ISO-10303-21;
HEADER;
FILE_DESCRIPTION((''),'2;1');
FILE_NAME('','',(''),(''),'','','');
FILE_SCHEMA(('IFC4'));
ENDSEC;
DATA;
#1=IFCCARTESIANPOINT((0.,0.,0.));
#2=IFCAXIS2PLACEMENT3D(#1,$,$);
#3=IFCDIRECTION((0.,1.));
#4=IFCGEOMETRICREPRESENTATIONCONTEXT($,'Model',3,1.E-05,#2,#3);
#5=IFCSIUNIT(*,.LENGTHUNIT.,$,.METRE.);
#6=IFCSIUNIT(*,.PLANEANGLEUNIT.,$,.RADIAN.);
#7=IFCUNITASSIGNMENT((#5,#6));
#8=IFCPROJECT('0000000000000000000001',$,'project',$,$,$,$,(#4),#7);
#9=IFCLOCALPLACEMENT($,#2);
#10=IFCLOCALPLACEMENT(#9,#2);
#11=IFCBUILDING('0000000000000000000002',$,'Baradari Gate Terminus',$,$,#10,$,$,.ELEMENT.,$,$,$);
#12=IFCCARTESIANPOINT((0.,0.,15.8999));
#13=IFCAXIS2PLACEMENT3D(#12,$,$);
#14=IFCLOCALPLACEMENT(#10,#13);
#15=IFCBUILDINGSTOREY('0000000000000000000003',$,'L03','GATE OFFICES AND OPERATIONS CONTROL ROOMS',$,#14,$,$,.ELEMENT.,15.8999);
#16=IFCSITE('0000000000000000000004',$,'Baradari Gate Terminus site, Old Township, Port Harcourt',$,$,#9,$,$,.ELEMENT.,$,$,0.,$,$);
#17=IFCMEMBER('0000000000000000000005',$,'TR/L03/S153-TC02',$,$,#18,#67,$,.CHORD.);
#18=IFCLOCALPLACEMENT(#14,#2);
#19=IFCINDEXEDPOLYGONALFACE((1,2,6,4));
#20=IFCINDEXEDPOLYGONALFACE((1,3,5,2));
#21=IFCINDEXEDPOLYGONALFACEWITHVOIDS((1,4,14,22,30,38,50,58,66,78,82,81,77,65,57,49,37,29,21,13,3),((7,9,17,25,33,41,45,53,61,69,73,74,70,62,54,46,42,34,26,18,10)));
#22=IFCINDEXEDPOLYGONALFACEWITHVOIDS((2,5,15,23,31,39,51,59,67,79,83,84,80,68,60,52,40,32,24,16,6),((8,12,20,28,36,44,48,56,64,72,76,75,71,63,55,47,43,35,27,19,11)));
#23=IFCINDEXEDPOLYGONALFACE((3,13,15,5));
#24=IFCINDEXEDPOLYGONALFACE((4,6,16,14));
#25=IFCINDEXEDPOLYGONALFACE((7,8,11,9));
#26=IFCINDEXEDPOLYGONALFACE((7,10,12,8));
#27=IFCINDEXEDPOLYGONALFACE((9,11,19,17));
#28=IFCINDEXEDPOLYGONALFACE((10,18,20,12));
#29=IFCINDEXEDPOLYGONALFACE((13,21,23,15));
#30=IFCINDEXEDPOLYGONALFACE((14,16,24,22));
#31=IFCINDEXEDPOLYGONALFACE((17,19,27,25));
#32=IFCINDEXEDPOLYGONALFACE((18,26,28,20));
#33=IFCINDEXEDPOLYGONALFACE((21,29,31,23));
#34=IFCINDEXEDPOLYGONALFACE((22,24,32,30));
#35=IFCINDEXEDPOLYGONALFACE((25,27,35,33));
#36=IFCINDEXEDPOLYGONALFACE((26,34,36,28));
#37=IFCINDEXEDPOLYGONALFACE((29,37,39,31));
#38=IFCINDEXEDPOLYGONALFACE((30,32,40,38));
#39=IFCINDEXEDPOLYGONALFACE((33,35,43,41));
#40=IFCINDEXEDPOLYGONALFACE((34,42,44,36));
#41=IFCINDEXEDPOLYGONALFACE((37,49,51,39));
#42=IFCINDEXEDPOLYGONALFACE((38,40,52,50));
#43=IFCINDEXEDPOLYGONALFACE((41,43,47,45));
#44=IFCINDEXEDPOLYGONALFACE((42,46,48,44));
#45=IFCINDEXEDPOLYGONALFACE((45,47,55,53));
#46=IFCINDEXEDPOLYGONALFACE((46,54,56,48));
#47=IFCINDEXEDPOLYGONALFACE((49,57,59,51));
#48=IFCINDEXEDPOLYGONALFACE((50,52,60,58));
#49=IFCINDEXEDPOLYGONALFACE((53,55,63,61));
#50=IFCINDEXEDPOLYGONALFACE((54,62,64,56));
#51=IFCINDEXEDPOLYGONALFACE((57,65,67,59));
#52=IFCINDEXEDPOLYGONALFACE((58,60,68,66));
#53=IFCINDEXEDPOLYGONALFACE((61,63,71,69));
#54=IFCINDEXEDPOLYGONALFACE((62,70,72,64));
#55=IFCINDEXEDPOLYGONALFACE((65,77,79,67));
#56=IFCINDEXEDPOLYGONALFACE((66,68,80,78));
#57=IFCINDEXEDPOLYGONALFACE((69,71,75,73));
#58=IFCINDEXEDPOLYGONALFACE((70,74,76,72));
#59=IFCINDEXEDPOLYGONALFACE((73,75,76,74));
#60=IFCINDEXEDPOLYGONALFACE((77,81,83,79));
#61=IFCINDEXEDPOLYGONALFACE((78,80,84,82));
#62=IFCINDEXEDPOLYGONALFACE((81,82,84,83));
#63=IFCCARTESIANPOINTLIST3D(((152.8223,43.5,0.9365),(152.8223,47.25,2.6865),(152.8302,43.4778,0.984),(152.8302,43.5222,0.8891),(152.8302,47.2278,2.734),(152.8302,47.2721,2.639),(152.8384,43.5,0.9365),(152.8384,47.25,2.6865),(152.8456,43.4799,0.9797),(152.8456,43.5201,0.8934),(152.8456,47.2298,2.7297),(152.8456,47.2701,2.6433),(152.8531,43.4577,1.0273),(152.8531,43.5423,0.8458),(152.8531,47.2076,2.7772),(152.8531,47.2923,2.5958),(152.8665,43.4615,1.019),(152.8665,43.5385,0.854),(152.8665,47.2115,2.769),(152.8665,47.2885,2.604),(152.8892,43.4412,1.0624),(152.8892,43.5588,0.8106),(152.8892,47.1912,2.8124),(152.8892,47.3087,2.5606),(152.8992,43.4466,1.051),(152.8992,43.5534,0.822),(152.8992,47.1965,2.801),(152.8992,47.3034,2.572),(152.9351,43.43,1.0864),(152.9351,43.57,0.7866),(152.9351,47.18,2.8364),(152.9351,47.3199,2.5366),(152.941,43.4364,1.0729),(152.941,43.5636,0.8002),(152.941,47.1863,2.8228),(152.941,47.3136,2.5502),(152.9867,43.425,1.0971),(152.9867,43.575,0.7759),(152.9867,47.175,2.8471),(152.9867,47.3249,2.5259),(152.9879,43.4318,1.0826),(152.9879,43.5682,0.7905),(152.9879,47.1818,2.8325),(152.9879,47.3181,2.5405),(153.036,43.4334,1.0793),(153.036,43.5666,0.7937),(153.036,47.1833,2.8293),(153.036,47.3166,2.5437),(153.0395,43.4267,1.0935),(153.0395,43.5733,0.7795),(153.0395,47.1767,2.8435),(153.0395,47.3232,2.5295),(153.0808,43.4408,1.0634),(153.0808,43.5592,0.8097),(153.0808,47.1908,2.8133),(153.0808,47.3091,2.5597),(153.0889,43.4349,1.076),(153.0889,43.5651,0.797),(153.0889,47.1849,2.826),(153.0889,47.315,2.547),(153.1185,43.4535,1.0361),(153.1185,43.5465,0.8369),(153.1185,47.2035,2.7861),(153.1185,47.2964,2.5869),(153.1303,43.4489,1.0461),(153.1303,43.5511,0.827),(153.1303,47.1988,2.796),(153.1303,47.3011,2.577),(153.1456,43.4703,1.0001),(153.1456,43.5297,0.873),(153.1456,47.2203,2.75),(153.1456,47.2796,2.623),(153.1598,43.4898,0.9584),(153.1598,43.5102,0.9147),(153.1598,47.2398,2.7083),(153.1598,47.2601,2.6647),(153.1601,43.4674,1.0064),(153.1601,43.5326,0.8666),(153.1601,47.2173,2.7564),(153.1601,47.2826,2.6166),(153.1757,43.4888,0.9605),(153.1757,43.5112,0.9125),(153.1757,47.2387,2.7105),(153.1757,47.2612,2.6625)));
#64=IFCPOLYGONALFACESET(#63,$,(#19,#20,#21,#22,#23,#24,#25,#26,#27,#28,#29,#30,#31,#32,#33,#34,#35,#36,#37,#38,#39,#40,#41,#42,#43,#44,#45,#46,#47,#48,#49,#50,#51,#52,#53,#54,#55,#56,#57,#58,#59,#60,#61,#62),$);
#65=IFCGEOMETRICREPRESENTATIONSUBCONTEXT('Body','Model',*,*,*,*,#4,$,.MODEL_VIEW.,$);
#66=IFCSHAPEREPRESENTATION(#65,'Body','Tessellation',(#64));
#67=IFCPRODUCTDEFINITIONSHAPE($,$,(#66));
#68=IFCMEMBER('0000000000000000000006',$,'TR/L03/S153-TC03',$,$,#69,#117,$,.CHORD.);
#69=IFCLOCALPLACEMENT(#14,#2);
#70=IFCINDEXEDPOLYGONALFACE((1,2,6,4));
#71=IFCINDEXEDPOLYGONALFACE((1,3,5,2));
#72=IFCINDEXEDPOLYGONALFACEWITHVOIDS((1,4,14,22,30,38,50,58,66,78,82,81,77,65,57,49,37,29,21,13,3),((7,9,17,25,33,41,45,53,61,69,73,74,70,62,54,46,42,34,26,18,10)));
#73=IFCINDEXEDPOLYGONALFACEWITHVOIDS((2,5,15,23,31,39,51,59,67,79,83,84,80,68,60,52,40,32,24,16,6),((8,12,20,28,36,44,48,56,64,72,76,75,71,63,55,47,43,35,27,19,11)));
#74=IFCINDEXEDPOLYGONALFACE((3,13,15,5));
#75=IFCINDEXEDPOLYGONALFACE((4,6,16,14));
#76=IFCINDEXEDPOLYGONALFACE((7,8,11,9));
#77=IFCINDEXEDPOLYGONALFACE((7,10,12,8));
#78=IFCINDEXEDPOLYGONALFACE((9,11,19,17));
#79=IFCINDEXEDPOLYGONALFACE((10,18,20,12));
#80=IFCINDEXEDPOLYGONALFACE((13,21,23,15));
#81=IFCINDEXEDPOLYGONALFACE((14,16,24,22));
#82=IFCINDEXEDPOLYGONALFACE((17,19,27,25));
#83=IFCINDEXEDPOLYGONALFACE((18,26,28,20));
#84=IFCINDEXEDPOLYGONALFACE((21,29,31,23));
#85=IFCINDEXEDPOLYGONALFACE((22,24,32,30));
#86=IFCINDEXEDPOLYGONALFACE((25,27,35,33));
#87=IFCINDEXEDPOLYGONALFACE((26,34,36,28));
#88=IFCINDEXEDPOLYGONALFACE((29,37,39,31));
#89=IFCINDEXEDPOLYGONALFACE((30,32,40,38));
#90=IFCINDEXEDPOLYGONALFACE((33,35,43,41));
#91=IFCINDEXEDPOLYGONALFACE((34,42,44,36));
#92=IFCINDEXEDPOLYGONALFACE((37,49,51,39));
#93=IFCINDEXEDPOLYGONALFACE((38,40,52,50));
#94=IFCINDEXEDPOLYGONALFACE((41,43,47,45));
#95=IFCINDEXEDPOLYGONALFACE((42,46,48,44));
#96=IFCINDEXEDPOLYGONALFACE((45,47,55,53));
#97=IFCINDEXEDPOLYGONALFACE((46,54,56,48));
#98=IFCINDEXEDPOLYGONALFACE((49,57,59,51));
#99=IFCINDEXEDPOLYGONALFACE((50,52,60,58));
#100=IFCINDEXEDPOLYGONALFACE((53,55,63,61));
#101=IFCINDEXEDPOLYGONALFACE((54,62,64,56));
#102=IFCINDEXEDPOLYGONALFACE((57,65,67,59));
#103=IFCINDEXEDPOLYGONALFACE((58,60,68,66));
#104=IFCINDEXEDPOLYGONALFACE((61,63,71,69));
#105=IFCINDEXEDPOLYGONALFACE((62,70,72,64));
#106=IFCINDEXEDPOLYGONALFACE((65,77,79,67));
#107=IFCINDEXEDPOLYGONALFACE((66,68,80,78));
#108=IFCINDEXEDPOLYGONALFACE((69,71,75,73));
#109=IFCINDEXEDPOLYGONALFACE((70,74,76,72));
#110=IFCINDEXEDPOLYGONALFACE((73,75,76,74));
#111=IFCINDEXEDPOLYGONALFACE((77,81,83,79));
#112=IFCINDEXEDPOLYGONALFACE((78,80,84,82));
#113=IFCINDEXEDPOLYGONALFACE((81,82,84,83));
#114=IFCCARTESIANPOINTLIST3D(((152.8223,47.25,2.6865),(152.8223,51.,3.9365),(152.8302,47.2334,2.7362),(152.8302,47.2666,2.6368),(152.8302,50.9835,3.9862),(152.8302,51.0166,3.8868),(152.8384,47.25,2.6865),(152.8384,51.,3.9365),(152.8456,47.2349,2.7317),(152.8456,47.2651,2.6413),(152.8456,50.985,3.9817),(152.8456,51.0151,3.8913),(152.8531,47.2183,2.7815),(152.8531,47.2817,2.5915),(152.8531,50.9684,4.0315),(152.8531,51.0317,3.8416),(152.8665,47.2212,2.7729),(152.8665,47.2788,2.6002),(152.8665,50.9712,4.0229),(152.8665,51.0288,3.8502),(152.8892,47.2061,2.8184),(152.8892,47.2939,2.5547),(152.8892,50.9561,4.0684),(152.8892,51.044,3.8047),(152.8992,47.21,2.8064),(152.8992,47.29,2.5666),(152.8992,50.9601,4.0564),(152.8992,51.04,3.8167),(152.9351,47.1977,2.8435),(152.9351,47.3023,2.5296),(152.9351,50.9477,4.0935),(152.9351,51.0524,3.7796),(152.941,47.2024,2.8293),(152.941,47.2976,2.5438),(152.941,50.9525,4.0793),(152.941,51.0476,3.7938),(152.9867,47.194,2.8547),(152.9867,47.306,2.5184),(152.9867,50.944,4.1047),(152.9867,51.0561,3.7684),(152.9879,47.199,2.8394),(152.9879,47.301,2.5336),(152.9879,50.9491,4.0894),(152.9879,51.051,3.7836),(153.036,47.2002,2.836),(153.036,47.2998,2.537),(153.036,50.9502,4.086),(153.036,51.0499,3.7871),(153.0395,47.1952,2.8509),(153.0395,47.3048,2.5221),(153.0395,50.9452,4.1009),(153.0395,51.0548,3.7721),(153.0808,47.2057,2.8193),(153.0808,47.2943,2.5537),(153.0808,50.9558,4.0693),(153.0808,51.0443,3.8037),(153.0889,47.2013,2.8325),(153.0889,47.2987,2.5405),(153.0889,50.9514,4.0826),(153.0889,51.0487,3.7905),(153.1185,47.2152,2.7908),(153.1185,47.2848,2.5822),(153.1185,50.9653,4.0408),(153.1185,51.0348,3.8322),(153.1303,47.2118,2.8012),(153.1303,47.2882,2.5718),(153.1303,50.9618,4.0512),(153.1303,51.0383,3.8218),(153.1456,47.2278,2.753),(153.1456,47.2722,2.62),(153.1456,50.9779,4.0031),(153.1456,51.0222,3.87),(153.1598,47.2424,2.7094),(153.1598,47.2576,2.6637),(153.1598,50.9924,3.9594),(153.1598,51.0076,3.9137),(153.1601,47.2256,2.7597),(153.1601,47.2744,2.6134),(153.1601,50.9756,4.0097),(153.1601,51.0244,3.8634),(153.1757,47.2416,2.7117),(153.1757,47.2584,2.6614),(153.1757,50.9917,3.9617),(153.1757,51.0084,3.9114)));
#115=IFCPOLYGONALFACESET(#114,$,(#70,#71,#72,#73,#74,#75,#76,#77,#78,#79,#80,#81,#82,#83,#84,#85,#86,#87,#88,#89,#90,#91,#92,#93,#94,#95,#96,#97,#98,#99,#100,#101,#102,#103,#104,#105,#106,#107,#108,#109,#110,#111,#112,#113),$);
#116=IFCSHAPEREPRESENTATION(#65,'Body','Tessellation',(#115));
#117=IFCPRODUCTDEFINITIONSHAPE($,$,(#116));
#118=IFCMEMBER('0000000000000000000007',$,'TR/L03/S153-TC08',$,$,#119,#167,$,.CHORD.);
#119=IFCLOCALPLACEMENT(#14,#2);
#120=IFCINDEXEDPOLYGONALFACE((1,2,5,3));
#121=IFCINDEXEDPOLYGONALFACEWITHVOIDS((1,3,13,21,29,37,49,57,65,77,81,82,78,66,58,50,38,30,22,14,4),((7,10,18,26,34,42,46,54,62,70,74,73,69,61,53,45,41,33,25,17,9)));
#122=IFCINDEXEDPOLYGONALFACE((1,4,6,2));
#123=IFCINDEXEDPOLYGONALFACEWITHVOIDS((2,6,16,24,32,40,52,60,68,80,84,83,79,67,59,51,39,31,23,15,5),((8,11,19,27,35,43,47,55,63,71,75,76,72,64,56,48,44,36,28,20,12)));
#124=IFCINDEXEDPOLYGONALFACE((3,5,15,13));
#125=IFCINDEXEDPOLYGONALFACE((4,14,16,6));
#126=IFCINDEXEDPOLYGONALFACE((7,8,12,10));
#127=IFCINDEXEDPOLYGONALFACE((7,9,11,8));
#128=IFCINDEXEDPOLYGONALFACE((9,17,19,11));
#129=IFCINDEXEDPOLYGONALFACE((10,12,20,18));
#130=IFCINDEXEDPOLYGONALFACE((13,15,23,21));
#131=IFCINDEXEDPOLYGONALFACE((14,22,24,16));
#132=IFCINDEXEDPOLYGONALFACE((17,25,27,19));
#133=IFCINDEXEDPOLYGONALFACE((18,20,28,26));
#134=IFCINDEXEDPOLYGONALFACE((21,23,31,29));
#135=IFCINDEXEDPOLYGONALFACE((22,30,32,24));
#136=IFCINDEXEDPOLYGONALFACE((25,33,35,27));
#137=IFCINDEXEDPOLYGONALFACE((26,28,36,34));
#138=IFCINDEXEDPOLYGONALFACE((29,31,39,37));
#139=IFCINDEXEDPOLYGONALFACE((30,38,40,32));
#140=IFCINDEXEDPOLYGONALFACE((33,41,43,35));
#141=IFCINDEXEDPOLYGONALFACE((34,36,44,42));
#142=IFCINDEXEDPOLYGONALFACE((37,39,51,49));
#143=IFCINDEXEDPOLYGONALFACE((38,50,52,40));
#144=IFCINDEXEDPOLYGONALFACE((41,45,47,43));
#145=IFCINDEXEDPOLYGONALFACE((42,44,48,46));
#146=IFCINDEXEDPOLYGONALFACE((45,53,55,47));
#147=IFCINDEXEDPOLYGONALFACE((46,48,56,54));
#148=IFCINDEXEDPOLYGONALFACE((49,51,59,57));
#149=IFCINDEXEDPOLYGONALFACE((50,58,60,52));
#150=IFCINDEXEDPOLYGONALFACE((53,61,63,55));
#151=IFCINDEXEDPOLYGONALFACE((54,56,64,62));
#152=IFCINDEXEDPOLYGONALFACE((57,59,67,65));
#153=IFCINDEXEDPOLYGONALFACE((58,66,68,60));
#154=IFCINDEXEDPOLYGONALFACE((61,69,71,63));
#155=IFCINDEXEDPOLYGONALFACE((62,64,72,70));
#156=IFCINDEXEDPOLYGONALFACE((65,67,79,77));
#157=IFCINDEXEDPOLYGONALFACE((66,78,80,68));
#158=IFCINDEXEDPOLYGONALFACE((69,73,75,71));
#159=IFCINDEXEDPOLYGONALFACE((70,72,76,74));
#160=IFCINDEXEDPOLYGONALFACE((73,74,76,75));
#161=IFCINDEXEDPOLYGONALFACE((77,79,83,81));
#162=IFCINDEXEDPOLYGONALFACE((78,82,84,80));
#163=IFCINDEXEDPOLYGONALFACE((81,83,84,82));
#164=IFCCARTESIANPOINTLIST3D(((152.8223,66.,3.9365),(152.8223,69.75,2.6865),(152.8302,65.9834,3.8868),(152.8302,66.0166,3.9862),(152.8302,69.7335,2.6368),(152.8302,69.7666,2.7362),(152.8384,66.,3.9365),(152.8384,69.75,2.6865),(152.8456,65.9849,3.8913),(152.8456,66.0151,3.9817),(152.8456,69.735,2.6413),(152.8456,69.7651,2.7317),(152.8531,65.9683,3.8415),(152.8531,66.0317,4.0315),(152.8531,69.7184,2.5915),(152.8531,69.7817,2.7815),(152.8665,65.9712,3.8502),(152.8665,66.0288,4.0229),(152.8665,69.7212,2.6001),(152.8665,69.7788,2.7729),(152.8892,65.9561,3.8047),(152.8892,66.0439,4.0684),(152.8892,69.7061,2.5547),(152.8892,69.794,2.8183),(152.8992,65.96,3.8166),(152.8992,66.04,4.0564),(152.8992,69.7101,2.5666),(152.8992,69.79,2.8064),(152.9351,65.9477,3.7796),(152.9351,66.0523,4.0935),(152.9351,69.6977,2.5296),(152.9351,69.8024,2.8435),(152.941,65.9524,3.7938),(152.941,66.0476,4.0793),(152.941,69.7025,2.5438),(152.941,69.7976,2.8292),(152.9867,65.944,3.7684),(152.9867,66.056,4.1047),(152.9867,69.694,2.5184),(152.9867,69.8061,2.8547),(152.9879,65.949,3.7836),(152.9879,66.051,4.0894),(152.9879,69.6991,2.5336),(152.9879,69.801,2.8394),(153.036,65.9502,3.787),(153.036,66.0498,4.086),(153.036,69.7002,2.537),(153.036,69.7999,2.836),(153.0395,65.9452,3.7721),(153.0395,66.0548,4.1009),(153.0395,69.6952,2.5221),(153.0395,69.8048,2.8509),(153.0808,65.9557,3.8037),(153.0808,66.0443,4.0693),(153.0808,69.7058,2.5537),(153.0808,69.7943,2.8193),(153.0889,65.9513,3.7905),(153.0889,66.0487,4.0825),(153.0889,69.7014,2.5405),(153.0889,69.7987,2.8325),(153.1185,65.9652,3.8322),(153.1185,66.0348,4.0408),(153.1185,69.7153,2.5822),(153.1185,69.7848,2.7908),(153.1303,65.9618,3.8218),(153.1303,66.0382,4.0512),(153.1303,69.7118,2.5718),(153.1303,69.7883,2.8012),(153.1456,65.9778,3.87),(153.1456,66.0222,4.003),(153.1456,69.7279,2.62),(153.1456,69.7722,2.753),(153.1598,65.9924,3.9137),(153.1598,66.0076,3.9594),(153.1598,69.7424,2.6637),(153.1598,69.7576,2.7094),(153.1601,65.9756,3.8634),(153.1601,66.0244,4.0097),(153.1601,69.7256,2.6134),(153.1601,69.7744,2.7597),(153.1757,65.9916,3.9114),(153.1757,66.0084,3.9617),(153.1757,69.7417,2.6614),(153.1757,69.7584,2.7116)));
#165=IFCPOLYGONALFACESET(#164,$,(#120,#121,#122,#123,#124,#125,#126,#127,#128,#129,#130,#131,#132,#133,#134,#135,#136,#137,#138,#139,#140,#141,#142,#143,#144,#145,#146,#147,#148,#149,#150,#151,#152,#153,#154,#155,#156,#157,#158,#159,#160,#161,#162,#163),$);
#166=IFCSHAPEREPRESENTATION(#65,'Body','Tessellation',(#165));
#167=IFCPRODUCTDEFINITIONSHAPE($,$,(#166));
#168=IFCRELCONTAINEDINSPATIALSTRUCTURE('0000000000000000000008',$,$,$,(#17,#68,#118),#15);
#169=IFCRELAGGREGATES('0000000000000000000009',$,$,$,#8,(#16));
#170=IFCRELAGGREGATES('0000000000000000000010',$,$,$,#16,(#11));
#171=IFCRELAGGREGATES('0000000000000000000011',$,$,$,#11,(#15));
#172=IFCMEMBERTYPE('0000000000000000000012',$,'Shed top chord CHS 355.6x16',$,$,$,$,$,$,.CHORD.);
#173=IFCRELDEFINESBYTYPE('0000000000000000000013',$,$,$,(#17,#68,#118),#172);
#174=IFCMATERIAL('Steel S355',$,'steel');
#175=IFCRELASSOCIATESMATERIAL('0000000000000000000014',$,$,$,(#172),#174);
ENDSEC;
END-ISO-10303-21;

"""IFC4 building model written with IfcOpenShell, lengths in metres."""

from ifc_helpers import new_model, si_unit, direction, frame, origin, origin_2d, place, context, subcontext, project, spatial, hollow_circle, extrude, material, material_profile, profile_set, type_object, element, save


model = new_model("IFC4")

# Units and contexts
model_context = context("Model", 3, precision=1e-05, world=origin(), true_north=direction((0.0, 1.0)))
body_context = subcontext(model_context, "Body", "Model", "MODEL_VIEW")
ifc_project = project(units=[si_unit("LENGTHUNIT", "METRE"), si_unit("PLANEANGLEUNIT", "RADIAN")], contexts=[model_context])

# Site, building, storey
site_placement = place(None, origin())
site = spatial("IfcSite", under=ifc_project, at=site_placement, Name="Baradari Gate Terminus site, Old Township, Port Harcourt", CompositionType="ELEMENT", RefElevation=0.0)
building_placement = place(site_placement, origin())
building = spatial("IfcBuilding", under=site, at=building_placement, Name="Baradari Gate Terminus", CompositionType="ELEMENT")
storey_placement = place(building_placement, frame((0.0, 0.0, 15.8999)))
storey = spatial("IfcBuildingStorey", under=building, at=storey_placement, Name="L03", Description="GATE OFFICES AND OPERATIONS CONTROL ROOMS", CompositionType="ELEMENT", Elevation=15.8999)

# Members
ifc_material_1 = material(Name="Steel S355", Category="steel")
ifc_material_profile_1 = material_profile(ifc_material_1, hollow_circle(Radius=0.1777, WallThickness=0.0161, at=origin_2d()), Name="CHS 355.6x16")
ifc_profile_set_1 = profile_set([ifc_material_profile_1], Name="Steel S355")
member_type_1 = type_object("IfcMemberType", Name="Shed top chord CHS 355.6x16", PredefinedType="CHORD", material=ifc_profile_set_1)
for number, where, z_axis, x_axis, name in (
    (1, (153.0, 43.5, 0.9365), (0.0, 0.906183, 0.422885), (-1.0, 0.0, 0.0), "TR/L03/S153-TC02"),
):
    element("IfcMember", number, at=place(storey_placement, frame(where, z_axis=z_axis, x_axis=x_axis)), inside=storey, type_object=member_type_1, Name=name, PredefinedType="CHORD", context=body_context, shape_type="SweptSolid", body=[
        extrude(hollow_circle(Radius=0.1777, WallThickness=0.0161, at=origin_2d()), origin(), (0.0, 0.0, 1.0), 4.1382),
    ])
for number, where, z_axis, x_axis, name in (
    (2, (153.0, 47.25, 2.6865), (0.0, 0.948683, 0.316228), (-1.0, 0.0, 0.0), "TR/L03/S153-TC03"),
    (3, (153.0, 66.0, 3.9365), (0.0, 0.948683, -0.316228), (-1.0, 0.0, 0.0), "TR/L03/S153-TC08"),
):
    element("IfcMember", number, at=place(storey_placement, frame(where, z_axis=z_axis, x_axis=x_axis)), inside=storey, type_object=member_type_1, Name=name, PredefinedType="CHORD", context=body_context, shape_type="SweptSolid", body=[
        extrude(hollow_circle(Radius=0.1777, WallThickness=0.0161, at=origin_2d()), origin(), (0.0, 0.0, 1.0), 3.9529),
    ])

save(model, "model.ifc")
